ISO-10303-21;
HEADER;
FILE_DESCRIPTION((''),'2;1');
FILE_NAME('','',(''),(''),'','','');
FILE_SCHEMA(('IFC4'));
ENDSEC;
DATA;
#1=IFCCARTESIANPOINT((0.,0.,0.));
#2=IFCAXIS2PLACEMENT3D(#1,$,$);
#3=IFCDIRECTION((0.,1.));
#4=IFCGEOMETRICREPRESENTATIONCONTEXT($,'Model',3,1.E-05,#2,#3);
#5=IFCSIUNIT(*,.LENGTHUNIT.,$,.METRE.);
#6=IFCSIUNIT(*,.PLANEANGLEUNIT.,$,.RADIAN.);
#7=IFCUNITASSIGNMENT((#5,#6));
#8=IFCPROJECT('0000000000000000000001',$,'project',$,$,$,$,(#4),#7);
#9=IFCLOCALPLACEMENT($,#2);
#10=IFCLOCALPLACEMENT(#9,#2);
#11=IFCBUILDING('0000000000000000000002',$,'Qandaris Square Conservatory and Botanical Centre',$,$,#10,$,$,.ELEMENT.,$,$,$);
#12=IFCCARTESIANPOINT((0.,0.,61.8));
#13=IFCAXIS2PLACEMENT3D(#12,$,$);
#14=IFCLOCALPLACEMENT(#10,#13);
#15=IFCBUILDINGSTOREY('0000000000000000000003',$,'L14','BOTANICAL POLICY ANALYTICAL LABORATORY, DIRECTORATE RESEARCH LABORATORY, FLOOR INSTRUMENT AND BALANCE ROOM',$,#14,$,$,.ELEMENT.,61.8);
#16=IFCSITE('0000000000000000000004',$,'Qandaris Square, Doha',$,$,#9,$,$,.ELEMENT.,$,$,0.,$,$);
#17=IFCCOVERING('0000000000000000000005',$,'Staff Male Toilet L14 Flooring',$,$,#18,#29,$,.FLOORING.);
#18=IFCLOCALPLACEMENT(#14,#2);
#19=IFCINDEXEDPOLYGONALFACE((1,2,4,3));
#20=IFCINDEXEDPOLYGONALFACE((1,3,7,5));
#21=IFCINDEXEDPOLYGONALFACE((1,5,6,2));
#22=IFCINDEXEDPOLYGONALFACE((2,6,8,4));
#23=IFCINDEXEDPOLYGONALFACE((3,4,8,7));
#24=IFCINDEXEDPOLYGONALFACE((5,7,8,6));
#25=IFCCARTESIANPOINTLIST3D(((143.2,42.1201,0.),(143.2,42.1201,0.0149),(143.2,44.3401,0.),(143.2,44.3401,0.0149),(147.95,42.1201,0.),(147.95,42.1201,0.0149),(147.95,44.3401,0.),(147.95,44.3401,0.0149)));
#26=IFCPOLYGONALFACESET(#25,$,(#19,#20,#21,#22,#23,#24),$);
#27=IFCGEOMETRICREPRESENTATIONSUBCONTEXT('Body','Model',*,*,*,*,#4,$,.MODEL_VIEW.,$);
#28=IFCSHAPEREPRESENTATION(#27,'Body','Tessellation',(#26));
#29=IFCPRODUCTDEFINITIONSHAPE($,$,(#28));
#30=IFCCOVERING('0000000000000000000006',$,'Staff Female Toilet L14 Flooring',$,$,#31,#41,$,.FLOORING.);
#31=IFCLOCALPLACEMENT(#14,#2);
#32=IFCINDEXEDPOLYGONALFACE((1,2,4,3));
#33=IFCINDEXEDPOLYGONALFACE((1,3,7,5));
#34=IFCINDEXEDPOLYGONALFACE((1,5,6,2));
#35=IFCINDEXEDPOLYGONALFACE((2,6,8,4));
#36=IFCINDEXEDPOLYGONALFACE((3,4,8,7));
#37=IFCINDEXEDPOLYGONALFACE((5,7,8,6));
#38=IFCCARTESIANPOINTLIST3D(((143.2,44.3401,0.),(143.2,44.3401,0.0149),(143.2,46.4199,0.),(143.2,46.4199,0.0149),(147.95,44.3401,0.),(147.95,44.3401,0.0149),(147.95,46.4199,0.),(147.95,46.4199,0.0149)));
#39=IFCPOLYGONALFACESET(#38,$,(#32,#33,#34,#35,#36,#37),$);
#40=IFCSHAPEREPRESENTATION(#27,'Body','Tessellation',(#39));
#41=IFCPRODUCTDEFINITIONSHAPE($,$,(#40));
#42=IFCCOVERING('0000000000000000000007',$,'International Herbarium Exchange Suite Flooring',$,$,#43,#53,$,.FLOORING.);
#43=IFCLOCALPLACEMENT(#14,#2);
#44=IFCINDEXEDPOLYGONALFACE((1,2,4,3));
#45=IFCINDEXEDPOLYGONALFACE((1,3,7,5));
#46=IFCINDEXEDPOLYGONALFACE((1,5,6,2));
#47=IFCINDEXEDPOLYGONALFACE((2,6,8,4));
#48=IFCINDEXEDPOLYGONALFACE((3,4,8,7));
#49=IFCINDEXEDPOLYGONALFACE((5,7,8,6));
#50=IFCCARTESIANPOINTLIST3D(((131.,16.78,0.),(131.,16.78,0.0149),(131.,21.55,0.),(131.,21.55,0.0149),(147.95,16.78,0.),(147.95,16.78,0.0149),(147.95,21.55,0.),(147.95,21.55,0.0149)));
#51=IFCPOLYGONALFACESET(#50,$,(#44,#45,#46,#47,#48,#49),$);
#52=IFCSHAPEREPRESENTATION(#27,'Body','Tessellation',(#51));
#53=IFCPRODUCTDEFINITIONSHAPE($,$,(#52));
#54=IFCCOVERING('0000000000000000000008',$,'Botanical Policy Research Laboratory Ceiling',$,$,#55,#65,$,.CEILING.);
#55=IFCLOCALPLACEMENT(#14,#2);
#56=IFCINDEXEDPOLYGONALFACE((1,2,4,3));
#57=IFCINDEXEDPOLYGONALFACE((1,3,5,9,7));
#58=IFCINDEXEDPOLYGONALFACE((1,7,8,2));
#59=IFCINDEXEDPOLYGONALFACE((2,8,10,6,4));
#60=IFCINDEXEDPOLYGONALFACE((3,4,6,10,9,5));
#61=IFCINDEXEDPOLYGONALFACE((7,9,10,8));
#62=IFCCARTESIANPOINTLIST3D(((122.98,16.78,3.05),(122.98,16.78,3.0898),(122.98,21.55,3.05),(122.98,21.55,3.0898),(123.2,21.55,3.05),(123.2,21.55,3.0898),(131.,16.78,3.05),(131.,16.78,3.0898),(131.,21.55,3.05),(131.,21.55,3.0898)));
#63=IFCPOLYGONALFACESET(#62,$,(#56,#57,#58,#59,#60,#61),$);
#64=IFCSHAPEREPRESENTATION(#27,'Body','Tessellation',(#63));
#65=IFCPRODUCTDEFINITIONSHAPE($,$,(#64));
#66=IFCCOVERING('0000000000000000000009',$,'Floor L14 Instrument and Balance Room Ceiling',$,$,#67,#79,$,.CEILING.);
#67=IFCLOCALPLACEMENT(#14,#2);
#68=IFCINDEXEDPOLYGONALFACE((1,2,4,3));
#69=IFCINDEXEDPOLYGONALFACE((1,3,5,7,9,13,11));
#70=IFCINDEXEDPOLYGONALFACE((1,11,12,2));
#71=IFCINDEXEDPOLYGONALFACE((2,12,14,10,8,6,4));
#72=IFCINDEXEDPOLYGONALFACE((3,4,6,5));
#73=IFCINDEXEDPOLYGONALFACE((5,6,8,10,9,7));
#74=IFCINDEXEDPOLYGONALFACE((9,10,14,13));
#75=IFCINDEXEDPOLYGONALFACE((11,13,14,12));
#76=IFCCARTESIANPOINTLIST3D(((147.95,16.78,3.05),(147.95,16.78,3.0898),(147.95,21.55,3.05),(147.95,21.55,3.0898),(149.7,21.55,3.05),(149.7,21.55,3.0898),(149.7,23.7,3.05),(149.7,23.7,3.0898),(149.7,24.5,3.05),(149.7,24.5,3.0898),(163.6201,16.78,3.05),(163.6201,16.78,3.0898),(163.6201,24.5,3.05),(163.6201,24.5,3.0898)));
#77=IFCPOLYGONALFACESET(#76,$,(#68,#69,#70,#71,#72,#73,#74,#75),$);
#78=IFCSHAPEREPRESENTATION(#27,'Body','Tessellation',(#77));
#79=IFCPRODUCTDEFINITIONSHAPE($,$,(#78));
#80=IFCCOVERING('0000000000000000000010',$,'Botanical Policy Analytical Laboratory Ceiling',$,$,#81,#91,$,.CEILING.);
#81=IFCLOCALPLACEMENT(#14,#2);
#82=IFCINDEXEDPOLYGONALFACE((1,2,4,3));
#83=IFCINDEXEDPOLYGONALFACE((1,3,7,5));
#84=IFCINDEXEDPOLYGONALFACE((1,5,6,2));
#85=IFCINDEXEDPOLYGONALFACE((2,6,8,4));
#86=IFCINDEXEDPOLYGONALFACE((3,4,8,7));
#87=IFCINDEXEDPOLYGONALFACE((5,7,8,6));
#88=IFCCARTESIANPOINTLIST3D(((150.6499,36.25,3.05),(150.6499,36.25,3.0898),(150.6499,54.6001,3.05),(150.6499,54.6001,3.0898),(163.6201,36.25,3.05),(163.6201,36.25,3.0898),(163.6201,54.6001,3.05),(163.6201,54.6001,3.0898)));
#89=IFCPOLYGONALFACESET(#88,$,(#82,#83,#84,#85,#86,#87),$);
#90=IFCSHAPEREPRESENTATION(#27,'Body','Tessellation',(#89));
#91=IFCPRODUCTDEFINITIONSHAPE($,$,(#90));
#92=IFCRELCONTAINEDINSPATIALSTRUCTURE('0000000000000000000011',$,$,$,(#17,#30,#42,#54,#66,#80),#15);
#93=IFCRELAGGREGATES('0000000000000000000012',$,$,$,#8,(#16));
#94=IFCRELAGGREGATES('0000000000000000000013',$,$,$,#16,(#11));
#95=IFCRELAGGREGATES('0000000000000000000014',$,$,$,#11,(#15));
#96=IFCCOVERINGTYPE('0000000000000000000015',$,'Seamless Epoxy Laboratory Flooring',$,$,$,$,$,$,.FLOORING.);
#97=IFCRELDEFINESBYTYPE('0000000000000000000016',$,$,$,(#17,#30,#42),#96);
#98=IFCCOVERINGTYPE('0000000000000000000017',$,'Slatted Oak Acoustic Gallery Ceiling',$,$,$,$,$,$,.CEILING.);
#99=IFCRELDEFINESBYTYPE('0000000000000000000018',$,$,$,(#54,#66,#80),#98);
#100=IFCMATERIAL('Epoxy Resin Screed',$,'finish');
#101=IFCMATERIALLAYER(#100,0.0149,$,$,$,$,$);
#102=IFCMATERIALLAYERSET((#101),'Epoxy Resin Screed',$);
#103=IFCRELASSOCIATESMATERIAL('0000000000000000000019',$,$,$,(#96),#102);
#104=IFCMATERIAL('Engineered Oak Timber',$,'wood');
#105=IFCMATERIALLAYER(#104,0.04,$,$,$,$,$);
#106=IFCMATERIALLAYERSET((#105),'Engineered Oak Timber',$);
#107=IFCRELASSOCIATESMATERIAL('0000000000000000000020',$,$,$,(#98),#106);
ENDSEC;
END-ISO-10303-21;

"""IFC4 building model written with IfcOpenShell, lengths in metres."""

from ifc_helpers import new_model, si_unit, direction, frame, origin, place, context, subcontext, project, spatial, polyline, outline, extrude, material, layer, layer_set, type_object, element, save


model = new_model("IFC4")

# Units and contexts
model_context = context("Model", 3, precision=1e-05, world=origin(), true_north=direction((0.0, 1.0)))
body_context = subcontext(model_context, "Body", "Model", "MODEL_VIEW")
ifc_project = project(units=[si_unit("LENGTHUNIT", "METRE"), si_unit("PLANEANGLEUNIT", "RADIAN")], contexts=[model_context])

# Site, building, storey
site_placement = place(None, origin())
site = spatial("IfcSite", under=ifc_project, at=site_placement, Name="Qandaris Square, Doha", CompositionType="ELEMENT", RefElevation=0.0)
building_placement = place(site_placement, origin())
building = spatial("IfcBuilding", under=site, at=building_placement, Name="Qandaris Square Conservatory and Botanical Centre", CompositionType="ELEMENT")
storey_placement = place(building_placement, frame((0.0, 0.0, 61.8)))
storey = spatial("IfcBuildingStorey", under=building, at=storey_placement, Name="L14", Description="BOTANICAL POLICY ANALYTICAL LABORATORY, DIRECTORATE RESEARCH LABORATORY, FLOOR INSTRUMENT AND BALANCE ROOM", CompositionType="ELEMENT", Elevation=61.8)

# Coverings
ifc_material_1 = material(Name="Epoxy Resin Screed", Category="finish")
ifc_layer_1 = layer(ifc_material_1, 0.0149)
ifc_layer_set_1 = layer_set([ifc_layer_1], Name="Epoxy Resin Screed")
covering_type_1 = type_object("IfcCoveringType", Name="Seamless Epoxy Laboratory Flooring", PredefinedType="FLOORING", material=ifc_layer_set_1)
covering_1_placement = place(storey_placement, origin())
element("IfcCovering", 1, at=covering_1_placement, inside=storey, type_object=covering_type_1, Name="Staff Male Toilet L14 Flooring", PredefinedType="FLOORING", context=body_context, shape_type="SweptSolid", body=[
    extrude(outline(polyline([(147.95, 44.3401), (147.95, 42.1201), (143.2, 42.1201), (143.2, 44.3401), (147.95, 44.3401)])), origin(), (0.0, 0.0, 1.0), 0.0149),
])
covering_2_placement = place(storey_placement, origin())
element("IfcCovering", 2, at=covering_2_placement, inside=storey, type_object=covering_type_1, Name="Staff Female Toilet L14 Flooring", PredefinedType="FLOORING", context=body_context, shape_type="SweptSolid", body=[
    extrude(outline(polyline([(147.95, 46.4199), (147.95, 44.3401), (143.2, 44.3401), (143.2, 46.4199), (147.95, 46.4199)])), origin(), (0.0, 0.0, 1.0), 0.0149),
])
covering_3_placement = place(storey_placement, origin())
element("IfcCovering", 3, at=covering_3_placement, inside=storey, type_object=covering_type_1, Name="International Herbarium Exchange Suite Flooring", PredefinedType="FLOORING", context=body_context, shape_type="SweptSolid", body=[
    extrude(outline(polyline([(147.95, 21.55), (147.95, 16.78), (131.0, 16.78), (131.0, 21.55), (147.95, 21.55)])), origin(), (0.0, 0.0, 1.0), 0.0149),
])
ifc_material_2 = material(Name="Engineered Oak Timber", Category="wood")
ifc_layer_2 = layer(ifc_material_2, 0.04)
ifc_layer_set_2 = layer_set([ifc_layer_2], Name="Engineered Oak Timber")
covering_type_2 = type_object("IfcCoveringType", Name="Slatted Oak Acoustic Gallery Ceiling", PredefinedType="CEILING", material=ifc_layer_set_2)
covering_4_placement = place(storey_placement, frame((0.0, 0.0, 3.05)))
element("IfcCovering", 4, at=covering_4_placement, inside=storey, type_object=covering_type_2, Name="Botanical Policy Research Laboratory Ceiling", PredefinedType="CEILING", context=body_context, shape_type="SweptSolid", body=[
    extrude(outline(polyline([(123.2, 21.55), (131.0, 21.55), (131.0, 16.78), (122.98, 16.78), (122.98, 21.55), (123.2, 21.55)])), origin(), (0.0, 0.0, 1.0), 0.0398),
])
covering_5_placement = place(storey_placement, frame((0.0, 0.0, 3.05)))
element("IfcCovering", 5, at=covering_5_placement, inside=storey, type_object=covering_type_2, Name="Floor L14 Instrument and Balance Room Ceiling", PredefinedType="CEILING", context=body_context, shape_type="SweptSolid", body=[
    extrude(outline(polyline([(147.95, 21.55), (149.7, 21.55), (149.7, 23.7), (149.7, 24.5), (163.6201, 24.5), (163.6201, 16.78), (147.95, 16.78), (147.95, 21.55)])), origin(), (0.0, 0.0, 1.0), 0.0398),
])
covering_6_placement = place(storey_placement, frame((0.0, 0.0, 3.05)))
element("IfcCovering", 6, at=covering_6_placement, inside=storey, type_object=covering_type_2, Name="Botanical Policy Analytical Laboratory Ceiling", PredefinedType="CEILING", context=body_context, shape_type="SweptSolid", body=[
    extrude(outline(polyline([(150.6499, 54.6001), (163.6201, 54.6001), (163.6201, 36.25), (150.6499, 36.25), (150.6499, 54.6001)])), origin(), (0.0, 0.0, 1.0), 0.0398),
])

save(model, "model.ifc")
